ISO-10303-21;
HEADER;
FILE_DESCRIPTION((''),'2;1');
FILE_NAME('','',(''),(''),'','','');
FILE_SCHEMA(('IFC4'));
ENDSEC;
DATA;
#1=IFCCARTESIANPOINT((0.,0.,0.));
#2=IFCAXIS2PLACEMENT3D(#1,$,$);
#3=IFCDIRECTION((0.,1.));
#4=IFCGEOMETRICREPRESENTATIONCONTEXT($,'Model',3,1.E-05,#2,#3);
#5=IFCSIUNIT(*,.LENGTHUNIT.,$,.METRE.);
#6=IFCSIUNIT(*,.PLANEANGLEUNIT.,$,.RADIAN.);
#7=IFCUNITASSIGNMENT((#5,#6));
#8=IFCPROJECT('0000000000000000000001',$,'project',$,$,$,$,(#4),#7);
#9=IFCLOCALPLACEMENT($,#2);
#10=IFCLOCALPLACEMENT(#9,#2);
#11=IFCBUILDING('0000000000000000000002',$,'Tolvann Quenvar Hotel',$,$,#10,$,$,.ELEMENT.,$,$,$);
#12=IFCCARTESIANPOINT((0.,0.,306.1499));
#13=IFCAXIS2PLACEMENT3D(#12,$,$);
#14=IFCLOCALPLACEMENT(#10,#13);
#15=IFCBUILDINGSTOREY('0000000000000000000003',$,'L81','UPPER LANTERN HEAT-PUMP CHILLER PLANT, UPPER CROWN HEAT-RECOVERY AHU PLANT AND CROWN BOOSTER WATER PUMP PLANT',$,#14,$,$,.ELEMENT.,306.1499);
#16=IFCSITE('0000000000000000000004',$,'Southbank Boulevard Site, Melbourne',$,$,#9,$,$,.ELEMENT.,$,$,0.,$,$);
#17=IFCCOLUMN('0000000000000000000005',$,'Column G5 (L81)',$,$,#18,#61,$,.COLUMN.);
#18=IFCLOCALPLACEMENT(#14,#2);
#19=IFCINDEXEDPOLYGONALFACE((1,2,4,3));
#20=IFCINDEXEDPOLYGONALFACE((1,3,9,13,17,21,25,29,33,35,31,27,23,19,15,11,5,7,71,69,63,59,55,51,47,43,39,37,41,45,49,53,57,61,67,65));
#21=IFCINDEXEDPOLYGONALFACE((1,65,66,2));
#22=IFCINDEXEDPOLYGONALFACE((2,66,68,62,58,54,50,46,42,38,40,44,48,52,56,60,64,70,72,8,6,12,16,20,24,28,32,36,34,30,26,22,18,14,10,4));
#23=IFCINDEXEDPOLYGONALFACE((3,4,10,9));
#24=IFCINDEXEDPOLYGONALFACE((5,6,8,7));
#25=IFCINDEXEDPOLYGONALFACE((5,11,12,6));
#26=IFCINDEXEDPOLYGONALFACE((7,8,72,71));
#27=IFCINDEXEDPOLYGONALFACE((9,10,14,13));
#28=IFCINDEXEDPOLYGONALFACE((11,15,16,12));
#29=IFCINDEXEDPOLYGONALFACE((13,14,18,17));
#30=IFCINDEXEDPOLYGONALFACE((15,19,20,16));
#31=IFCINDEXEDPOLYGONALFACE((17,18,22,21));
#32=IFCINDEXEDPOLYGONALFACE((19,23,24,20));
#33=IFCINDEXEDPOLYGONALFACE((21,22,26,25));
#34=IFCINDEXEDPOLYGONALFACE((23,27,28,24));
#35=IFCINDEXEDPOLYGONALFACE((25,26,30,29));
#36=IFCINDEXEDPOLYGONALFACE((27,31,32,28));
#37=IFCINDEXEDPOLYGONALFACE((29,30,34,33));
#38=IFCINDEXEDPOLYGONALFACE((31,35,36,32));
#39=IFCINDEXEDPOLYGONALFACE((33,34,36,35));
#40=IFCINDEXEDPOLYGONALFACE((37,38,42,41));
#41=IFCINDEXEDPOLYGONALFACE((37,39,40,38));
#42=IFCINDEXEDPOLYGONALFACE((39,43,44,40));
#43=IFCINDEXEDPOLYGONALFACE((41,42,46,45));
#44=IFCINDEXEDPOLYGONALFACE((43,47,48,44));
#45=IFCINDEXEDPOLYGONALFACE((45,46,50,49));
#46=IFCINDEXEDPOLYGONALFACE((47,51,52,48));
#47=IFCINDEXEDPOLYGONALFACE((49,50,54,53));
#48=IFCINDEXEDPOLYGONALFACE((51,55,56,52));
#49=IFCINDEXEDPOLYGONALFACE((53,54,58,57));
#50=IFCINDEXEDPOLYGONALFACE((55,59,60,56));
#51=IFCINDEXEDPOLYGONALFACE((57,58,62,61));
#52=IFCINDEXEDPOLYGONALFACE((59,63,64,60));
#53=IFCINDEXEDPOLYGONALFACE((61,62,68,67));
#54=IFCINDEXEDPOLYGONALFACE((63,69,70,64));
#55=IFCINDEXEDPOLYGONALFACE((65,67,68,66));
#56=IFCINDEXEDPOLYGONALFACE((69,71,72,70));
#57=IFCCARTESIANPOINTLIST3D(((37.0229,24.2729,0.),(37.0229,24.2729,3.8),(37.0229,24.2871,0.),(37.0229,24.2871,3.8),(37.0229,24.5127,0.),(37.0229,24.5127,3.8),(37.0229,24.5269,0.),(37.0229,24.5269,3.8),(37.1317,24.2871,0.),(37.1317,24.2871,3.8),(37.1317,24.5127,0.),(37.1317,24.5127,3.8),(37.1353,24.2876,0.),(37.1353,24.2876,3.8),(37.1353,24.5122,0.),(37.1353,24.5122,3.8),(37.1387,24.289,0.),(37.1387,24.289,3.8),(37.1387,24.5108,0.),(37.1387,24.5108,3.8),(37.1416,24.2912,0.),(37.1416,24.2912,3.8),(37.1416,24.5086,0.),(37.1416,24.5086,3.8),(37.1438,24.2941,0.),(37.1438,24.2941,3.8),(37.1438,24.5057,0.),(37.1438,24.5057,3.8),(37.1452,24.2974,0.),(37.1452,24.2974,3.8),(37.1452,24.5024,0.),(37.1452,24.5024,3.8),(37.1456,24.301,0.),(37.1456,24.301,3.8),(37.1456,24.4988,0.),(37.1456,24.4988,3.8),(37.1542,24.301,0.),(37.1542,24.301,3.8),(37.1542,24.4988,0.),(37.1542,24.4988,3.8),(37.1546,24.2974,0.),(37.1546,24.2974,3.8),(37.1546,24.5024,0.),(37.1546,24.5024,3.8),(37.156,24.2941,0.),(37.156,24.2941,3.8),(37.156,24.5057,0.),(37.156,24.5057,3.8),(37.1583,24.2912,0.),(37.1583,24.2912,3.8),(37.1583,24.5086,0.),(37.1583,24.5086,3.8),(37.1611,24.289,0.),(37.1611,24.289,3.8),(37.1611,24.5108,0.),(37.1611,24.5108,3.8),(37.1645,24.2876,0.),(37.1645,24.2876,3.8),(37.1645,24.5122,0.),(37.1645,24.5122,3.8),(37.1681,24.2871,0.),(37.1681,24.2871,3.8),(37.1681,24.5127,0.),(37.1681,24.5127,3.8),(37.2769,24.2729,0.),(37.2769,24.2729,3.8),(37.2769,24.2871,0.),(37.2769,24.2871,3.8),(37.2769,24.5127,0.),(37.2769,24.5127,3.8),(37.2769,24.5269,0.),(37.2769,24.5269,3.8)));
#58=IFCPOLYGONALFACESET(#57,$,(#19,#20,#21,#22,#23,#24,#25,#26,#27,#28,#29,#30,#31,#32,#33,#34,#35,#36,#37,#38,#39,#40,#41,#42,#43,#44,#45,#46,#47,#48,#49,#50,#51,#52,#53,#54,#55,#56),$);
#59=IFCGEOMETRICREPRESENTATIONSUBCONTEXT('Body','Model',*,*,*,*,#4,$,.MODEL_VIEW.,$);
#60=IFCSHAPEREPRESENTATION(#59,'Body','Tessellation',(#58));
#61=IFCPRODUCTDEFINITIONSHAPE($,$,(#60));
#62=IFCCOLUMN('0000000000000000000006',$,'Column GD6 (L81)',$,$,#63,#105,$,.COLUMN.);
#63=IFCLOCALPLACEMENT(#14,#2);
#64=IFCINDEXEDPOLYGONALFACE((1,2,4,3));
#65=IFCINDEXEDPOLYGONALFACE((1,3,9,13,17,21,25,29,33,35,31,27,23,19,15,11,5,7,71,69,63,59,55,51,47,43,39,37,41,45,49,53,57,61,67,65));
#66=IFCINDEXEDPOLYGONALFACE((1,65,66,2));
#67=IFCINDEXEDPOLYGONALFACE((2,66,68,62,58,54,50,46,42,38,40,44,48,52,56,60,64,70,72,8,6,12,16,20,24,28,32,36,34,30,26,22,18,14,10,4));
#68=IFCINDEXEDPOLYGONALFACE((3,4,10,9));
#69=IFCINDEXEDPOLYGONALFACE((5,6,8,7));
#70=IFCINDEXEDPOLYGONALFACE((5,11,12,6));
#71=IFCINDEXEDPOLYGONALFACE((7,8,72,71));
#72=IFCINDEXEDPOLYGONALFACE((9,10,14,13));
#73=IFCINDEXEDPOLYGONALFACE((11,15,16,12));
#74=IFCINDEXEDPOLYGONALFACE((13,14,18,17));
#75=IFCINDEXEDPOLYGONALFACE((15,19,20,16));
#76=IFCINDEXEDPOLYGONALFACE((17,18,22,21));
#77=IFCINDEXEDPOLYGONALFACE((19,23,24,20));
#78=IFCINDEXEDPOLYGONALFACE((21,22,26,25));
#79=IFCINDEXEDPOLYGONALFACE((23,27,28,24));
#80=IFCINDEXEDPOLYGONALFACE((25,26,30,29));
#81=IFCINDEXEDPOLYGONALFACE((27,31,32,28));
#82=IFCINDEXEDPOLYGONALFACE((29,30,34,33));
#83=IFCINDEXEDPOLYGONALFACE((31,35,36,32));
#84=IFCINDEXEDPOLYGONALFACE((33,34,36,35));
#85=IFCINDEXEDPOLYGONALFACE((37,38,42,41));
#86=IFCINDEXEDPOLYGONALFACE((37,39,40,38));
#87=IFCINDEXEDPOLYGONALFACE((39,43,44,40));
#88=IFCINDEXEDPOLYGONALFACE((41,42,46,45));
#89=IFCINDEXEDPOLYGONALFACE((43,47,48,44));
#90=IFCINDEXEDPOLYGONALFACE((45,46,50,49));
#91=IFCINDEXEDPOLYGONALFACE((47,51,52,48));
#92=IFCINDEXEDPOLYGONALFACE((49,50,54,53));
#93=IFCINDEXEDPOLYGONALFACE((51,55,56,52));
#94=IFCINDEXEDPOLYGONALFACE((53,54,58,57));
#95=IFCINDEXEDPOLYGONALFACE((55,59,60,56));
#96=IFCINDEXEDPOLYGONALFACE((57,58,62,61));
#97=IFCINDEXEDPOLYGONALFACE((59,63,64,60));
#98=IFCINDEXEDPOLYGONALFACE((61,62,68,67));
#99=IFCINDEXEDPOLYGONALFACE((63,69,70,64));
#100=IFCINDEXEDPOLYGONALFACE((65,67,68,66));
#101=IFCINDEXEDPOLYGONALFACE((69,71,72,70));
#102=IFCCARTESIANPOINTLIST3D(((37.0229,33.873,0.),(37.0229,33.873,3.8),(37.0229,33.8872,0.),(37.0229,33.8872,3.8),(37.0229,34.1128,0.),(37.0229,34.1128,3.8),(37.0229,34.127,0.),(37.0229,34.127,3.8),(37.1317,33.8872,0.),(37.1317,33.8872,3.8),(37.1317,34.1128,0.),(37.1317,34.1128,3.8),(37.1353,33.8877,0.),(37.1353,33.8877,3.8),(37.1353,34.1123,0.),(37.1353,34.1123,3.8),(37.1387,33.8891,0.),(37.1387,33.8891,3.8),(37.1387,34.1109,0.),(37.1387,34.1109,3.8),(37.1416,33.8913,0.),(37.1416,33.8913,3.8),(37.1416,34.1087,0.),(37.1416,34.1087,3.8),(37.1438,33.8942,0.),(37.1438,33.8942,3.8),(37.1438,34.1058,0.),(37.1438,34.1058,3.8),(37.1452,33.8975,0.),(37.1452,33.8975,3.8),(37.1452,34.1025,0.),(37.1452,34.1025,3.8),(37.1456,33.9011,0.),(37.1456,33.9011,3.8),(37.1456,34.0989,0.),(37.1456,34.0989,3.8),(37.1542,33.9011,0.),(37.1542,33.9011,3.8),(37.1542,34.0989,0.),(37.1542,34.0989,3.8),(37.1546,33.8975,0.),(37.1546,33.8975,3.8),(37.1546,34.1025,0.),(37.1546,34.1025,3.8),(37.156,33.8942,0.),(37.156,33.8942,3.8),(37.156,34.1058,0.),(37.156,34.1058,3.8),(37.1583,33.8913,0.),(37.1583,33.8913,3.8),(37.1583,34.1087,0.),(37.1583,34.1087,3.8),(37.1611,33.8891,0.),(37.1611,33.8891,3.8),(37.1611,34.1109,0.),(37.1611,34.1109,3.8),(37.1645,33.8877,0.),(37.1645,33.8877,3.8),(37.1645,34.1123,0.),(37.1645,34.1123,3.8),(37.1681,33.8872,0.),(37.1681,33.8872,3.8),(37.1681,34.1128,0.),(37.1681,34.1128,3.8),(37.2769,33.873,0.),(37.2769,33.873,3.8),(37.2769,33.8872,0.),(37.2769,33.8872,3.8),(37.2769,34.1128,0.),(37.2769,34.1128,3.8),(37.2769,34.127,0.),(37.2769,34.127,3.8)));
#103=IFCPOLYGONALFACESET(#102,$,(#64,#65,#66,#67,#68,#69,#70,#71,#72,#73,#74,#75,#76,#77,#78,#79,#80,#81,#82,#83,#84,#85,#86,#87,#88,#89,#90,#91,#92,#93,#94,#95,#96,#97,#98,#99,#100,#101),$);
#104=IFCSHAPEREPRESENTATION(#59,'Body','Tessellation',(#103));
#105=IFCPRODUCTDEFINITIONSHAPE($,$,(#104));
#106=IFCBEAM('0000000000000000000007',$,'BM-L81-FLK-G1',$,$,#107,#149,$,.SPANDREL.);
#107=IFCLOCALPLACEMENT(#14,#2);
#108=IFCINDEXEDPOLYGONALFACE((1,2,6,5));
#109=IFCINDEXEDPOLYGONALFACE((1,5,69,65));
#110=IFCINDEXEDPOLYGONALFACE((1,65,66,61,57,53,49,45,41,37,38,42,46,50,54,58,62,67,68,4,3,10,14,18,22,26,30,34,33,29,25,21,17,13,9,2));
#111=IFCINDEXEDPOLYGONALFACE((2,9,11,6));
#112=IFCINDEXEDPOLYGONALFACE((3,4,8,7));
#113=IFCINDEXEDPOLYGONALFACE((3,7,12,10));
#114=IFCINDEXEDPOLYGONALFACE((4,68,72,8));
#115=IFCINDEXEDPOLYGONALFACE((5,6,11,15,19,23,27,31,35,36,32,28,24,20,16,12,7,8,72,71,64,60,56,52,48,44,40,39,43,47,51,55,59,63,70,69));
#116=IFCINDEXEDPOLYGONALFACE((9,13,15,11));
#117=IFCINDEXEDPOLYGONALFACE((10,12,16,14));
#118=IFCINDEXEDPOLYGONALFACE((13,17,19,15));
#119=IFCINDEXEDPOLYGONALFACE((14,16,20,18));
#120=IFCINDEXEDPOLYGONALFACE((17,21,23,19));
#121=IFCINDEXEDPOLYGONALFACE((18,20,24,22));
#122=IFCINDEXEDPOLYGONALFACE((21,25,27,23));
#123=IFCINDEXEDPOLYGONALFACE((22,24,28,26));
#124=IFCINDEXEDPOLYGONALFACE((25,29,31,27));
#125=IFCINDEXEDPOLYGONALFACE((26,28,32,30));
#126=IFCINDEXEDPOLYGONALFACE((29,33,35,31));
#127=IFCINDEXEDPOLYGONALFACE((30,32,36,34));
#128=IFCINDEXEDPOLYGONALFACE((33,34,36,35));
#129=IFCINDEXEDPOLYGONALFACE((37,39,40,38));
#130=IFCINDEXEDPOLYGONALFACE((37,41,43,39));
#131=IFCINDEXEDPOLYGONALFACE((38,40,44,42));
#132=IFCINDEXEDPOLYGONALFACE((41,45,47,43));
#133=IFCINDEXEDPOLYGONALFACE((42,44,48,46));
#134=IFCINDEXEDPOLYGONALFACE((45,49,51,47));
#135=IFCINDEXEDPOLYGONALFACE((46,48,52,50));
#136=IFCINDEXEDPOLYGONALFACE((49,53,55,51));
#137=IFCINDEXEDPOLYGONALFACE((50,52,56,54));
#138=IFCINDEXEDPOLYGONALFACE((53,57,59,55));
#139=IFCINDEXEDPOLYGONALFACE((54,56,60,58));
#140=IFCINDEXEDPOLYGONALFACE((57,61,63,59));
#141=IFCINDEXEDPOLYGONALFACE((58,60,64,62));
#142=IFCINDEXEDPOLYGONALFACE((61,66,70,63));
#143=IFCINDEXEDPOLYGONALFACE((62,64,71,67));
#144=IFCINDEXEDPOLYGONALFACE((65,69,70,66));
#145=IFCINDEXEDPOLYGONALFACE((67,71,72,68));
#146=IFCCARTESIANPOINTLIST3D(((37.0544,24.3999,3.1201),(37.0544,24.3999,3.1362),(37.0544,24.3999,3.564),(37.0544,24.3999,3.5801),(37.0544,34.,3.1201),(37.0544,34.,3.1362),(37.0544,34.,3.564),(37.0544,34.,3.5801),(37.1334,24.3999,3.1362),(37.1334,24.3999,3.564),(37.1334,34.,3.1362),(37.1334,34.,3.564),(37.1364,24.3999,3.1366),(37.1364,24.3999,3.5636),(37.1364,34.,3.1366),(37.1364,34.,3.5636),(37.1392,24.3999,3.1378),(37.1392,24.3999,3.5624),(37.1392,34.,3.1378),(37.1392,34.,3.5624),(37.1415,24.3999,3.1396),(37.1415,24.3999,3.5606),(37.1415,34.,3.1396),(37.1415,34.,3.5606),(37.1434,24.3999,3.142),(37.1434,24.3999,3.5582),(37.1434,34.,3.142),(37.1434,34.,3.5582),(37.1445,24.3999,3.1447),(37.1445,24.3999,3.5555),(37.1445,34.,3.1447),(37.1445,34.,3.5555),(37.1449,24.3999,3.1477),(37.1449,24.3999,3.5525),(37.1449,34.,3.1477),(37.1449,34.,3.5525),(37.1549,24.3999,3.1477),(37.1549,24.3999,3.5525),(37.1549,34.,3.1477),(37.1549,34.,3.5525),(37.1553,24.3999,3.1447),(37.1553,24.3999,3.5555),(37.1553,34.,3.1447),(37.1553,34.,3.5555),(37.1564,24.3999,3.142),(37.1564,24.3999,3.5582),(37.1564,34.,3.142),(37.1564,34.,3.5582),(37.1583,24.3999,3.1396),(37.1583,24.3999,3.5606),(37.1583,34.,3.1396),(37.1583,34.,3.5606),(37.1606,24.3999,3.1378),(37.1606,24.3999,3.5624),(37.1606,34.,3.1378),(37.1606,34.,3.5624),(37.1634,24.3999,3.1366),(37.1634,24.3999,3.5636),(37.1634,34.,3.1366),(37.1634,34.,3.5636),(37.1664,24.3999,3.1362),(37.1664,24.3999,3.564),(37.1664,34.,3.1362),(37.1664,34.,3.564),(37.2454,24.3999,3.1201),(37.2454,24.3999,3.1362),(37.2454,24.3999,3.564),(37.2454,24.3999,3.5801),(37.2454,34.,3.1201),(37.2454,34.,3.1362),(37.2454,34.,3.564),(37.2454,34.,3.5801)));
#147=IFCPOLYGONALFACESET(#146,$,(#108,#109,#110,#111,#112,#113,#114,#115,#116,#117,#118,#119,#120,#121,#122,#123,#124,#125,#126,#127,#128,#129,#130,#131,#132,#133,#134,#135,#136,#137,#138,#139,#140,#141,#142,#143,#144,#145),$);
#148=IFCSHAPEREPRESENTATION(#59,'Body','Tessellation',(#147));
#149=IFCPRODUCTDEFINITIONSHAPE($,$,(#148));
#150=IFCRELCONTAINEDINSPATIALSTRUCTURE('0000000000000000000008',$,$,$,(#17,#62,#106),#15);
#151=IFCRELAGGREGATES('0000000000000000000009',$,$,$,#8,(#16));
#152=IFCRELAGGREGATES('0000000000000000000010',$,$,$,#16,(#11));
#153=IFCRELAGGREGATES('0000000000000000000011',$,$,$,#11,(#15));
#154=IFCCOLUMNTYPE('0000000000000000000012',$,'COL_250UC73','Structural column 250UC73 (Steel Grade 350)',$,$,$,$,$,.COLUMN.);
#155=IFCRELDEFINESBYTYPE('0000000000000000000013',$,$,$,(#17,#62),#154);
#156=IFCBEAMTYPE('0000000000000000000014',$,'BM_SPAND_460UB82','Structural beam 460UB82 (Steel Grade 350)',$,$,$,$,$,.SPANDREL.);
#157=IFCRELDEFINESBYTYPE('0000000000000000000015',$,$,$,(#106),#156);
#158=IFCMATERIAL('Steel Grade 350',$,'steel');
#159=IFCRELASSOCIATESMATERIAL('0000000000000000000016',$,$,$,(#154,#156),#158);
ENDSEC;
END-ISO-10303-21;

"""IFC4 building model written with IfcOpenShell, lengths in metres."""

from ifc_helpers import new_model, si_unit, direction, frame, origin, origin_2d, place, context, subcontext, project, spatial, i_section, extrude, source, transform, mapped, material, material_profile, profile_set, type_object, type_shapes, element, save


model = new_model("IFC4")

# Units and contexts
model_context = context("Model", 3, precision=1e-05, world=origin(), true_north=direction((0.0, 1.0)))
body_context = subcontext(model_context, "Body", "Model", "MODEL_VIEW")
ifc_project = project(units=[si_unit("LENGTHUNIT", "METRE"), si_unit("PLANEANGLEUNIT", "RADIAN")], contexts=[model_context])

# Site, building, storey
site_placement = place(None, origin())
site = spatial("IfcSite", under=ifc_project, at=site_placement, Name="Southbank Boulevard Site, Melbourne", CompositionType="ELEMENT", RefElevation=0.0)
building_placement = place(site_placement, origin())
building = spatial("IfcBuilding", under=site, at=building_placement, Name="Tolvann Quenvar Hotel", CompositionType="ELEMENT")
storey_placement = place(building_placement, frame((0.0, 0.0, 306.1499)))
storey = spatial("IfcBuildingStorey", under=building, at=storey_placement, Name="L81", Description="UPPER LANTERN HEAT-PUMP CHILLER PLANT, UPPER CROWN HEAT-RECOVERY AHU PLANT AND CROWN BOOSTER WATER PUMP PLANT", CompositionType="ELEMENT", Elevation=306.1499)

# Columns
ifc_material_1 = material(Name="Steel Grade 350", Category="steel")
ifc_material_profile_1 = material_profile(ifc_material_1, i_section(OverallWidth=0.2539, OverallDepth=0.2539, WebThickness=0.0085, FlangeThickness=0.0142, FilletRadius=0.0139, at=origin_2d()), Name="250UC73")
ifc_profile_set_1 = profile_set([ifc_material_profile_1], Name="Steel Grade 350")
column_type = type_object("IfcColumnType", Name="COL_250UC73", Description="Structural column 250UC73 (Steel Grade 350)", PredefinedType="COLUMN", material=ifc_profile_set_1)
shared_shape_1 = source(origin(), body_context, "Body", "SweptSolid", [
    extrude(i_section(OverallWidth=0.2539, OverallDepth=0.2539, WebThickness=0.0085, FlangeThickness=0.0142, FilletRadius=0.0139, at=origin_2d()), origin(), (0.0, 0.0, 1.0), 3.8),
])
type_shapes(column_type, [shared_shape_1])
for number, where, z_axis, x_axis, name in (
    (1, (37.1499, 24.3999, 0.0), (0.0, 0.0, 1.0), (1.0, 0.0, 0.0), "Column G5 (L81)"),
    (2, (37.1499, 34.0, 0.0), (0.0, 0.0, 1.0), (1.0, 0.0, 0.0), "Column GD6 (L81)"),
):
    element("IfcColumn", number, at=place(storey_placement, frame(where, z_axis=z_axis, x_axis=x_axis)), inside=storey, type_object=column_type, Name=name, PredefinedType="COLUMN", context=body_context, shape_type="MappedRepresentation", body=[
        mapped(shared_shape_1, transform((0.0, 0.0, 0.0), x_axis=(1.0, 0.0, 0.0), y_axis=(0.0, 1.0, 0.0), z_axis=(0.0, 0.0, 1.0), scale=1.0)),
    ])

# Beam
ifc_material_profile_2 = material_profile(ifc_material_1, i_section(OverallWidth=0.1909, OverallDepth=0.46, WebThickness=0.01, FlangeThickness=0.0161, FilletRadius=0.0115, at=origin_2d()), Name="460UB82")
ifc_profile_set_2 = profile_set([ifc_material_profile_2], Name="Steel Grade 350")
beam_type_1 = type_object("IfcBeamType", Name="BM_SPAND_460UB82", Description="Structural beam 460UB82 (Steel Grade 350)", PredefinedType="SPANDREL", material=ifc_profile_set_2)
shared_shape_2 = source(origin(), body_context, "Body", "SweptSolid", [
    extrude(i_section(OverallWidth=0.1909, OverallDepth=0.46, WebThickness=0.01, FlangeThickness=0.0161, FilletRadius=0.0115, at=origin_2d()), origin(), (0.0, 0.0, 1.0), 9.6001),
])
type_shapes(beam_type_1, [shared_shape_2])
beam_1_placement = place(storey_placement, frame((37.1499, 24.3999, 3.3501), z_axis=(0.0, 1.0, 0.0), x_axis=(-1.0, 0.0, 0.0)))
element("IfcBeam", 3, at=beam_1_placement, inside=storey, type_object=beam_type_1, Name="BM-L81-FLK-G1", PredefinedType="SPANDREL", context=body_context, shape_type="MappedRepresentation", body=[
    mapped(shared_shape_2, transform((0.0, 0.0, 0.0), x_axis=(1.0, 0.0, 0.0), y_axis=(0.0, 1.0, 0.0), z_axis=(0.0, 0.0, 1.0), scale=1.0)),
])

save(model, "model.ifc")
